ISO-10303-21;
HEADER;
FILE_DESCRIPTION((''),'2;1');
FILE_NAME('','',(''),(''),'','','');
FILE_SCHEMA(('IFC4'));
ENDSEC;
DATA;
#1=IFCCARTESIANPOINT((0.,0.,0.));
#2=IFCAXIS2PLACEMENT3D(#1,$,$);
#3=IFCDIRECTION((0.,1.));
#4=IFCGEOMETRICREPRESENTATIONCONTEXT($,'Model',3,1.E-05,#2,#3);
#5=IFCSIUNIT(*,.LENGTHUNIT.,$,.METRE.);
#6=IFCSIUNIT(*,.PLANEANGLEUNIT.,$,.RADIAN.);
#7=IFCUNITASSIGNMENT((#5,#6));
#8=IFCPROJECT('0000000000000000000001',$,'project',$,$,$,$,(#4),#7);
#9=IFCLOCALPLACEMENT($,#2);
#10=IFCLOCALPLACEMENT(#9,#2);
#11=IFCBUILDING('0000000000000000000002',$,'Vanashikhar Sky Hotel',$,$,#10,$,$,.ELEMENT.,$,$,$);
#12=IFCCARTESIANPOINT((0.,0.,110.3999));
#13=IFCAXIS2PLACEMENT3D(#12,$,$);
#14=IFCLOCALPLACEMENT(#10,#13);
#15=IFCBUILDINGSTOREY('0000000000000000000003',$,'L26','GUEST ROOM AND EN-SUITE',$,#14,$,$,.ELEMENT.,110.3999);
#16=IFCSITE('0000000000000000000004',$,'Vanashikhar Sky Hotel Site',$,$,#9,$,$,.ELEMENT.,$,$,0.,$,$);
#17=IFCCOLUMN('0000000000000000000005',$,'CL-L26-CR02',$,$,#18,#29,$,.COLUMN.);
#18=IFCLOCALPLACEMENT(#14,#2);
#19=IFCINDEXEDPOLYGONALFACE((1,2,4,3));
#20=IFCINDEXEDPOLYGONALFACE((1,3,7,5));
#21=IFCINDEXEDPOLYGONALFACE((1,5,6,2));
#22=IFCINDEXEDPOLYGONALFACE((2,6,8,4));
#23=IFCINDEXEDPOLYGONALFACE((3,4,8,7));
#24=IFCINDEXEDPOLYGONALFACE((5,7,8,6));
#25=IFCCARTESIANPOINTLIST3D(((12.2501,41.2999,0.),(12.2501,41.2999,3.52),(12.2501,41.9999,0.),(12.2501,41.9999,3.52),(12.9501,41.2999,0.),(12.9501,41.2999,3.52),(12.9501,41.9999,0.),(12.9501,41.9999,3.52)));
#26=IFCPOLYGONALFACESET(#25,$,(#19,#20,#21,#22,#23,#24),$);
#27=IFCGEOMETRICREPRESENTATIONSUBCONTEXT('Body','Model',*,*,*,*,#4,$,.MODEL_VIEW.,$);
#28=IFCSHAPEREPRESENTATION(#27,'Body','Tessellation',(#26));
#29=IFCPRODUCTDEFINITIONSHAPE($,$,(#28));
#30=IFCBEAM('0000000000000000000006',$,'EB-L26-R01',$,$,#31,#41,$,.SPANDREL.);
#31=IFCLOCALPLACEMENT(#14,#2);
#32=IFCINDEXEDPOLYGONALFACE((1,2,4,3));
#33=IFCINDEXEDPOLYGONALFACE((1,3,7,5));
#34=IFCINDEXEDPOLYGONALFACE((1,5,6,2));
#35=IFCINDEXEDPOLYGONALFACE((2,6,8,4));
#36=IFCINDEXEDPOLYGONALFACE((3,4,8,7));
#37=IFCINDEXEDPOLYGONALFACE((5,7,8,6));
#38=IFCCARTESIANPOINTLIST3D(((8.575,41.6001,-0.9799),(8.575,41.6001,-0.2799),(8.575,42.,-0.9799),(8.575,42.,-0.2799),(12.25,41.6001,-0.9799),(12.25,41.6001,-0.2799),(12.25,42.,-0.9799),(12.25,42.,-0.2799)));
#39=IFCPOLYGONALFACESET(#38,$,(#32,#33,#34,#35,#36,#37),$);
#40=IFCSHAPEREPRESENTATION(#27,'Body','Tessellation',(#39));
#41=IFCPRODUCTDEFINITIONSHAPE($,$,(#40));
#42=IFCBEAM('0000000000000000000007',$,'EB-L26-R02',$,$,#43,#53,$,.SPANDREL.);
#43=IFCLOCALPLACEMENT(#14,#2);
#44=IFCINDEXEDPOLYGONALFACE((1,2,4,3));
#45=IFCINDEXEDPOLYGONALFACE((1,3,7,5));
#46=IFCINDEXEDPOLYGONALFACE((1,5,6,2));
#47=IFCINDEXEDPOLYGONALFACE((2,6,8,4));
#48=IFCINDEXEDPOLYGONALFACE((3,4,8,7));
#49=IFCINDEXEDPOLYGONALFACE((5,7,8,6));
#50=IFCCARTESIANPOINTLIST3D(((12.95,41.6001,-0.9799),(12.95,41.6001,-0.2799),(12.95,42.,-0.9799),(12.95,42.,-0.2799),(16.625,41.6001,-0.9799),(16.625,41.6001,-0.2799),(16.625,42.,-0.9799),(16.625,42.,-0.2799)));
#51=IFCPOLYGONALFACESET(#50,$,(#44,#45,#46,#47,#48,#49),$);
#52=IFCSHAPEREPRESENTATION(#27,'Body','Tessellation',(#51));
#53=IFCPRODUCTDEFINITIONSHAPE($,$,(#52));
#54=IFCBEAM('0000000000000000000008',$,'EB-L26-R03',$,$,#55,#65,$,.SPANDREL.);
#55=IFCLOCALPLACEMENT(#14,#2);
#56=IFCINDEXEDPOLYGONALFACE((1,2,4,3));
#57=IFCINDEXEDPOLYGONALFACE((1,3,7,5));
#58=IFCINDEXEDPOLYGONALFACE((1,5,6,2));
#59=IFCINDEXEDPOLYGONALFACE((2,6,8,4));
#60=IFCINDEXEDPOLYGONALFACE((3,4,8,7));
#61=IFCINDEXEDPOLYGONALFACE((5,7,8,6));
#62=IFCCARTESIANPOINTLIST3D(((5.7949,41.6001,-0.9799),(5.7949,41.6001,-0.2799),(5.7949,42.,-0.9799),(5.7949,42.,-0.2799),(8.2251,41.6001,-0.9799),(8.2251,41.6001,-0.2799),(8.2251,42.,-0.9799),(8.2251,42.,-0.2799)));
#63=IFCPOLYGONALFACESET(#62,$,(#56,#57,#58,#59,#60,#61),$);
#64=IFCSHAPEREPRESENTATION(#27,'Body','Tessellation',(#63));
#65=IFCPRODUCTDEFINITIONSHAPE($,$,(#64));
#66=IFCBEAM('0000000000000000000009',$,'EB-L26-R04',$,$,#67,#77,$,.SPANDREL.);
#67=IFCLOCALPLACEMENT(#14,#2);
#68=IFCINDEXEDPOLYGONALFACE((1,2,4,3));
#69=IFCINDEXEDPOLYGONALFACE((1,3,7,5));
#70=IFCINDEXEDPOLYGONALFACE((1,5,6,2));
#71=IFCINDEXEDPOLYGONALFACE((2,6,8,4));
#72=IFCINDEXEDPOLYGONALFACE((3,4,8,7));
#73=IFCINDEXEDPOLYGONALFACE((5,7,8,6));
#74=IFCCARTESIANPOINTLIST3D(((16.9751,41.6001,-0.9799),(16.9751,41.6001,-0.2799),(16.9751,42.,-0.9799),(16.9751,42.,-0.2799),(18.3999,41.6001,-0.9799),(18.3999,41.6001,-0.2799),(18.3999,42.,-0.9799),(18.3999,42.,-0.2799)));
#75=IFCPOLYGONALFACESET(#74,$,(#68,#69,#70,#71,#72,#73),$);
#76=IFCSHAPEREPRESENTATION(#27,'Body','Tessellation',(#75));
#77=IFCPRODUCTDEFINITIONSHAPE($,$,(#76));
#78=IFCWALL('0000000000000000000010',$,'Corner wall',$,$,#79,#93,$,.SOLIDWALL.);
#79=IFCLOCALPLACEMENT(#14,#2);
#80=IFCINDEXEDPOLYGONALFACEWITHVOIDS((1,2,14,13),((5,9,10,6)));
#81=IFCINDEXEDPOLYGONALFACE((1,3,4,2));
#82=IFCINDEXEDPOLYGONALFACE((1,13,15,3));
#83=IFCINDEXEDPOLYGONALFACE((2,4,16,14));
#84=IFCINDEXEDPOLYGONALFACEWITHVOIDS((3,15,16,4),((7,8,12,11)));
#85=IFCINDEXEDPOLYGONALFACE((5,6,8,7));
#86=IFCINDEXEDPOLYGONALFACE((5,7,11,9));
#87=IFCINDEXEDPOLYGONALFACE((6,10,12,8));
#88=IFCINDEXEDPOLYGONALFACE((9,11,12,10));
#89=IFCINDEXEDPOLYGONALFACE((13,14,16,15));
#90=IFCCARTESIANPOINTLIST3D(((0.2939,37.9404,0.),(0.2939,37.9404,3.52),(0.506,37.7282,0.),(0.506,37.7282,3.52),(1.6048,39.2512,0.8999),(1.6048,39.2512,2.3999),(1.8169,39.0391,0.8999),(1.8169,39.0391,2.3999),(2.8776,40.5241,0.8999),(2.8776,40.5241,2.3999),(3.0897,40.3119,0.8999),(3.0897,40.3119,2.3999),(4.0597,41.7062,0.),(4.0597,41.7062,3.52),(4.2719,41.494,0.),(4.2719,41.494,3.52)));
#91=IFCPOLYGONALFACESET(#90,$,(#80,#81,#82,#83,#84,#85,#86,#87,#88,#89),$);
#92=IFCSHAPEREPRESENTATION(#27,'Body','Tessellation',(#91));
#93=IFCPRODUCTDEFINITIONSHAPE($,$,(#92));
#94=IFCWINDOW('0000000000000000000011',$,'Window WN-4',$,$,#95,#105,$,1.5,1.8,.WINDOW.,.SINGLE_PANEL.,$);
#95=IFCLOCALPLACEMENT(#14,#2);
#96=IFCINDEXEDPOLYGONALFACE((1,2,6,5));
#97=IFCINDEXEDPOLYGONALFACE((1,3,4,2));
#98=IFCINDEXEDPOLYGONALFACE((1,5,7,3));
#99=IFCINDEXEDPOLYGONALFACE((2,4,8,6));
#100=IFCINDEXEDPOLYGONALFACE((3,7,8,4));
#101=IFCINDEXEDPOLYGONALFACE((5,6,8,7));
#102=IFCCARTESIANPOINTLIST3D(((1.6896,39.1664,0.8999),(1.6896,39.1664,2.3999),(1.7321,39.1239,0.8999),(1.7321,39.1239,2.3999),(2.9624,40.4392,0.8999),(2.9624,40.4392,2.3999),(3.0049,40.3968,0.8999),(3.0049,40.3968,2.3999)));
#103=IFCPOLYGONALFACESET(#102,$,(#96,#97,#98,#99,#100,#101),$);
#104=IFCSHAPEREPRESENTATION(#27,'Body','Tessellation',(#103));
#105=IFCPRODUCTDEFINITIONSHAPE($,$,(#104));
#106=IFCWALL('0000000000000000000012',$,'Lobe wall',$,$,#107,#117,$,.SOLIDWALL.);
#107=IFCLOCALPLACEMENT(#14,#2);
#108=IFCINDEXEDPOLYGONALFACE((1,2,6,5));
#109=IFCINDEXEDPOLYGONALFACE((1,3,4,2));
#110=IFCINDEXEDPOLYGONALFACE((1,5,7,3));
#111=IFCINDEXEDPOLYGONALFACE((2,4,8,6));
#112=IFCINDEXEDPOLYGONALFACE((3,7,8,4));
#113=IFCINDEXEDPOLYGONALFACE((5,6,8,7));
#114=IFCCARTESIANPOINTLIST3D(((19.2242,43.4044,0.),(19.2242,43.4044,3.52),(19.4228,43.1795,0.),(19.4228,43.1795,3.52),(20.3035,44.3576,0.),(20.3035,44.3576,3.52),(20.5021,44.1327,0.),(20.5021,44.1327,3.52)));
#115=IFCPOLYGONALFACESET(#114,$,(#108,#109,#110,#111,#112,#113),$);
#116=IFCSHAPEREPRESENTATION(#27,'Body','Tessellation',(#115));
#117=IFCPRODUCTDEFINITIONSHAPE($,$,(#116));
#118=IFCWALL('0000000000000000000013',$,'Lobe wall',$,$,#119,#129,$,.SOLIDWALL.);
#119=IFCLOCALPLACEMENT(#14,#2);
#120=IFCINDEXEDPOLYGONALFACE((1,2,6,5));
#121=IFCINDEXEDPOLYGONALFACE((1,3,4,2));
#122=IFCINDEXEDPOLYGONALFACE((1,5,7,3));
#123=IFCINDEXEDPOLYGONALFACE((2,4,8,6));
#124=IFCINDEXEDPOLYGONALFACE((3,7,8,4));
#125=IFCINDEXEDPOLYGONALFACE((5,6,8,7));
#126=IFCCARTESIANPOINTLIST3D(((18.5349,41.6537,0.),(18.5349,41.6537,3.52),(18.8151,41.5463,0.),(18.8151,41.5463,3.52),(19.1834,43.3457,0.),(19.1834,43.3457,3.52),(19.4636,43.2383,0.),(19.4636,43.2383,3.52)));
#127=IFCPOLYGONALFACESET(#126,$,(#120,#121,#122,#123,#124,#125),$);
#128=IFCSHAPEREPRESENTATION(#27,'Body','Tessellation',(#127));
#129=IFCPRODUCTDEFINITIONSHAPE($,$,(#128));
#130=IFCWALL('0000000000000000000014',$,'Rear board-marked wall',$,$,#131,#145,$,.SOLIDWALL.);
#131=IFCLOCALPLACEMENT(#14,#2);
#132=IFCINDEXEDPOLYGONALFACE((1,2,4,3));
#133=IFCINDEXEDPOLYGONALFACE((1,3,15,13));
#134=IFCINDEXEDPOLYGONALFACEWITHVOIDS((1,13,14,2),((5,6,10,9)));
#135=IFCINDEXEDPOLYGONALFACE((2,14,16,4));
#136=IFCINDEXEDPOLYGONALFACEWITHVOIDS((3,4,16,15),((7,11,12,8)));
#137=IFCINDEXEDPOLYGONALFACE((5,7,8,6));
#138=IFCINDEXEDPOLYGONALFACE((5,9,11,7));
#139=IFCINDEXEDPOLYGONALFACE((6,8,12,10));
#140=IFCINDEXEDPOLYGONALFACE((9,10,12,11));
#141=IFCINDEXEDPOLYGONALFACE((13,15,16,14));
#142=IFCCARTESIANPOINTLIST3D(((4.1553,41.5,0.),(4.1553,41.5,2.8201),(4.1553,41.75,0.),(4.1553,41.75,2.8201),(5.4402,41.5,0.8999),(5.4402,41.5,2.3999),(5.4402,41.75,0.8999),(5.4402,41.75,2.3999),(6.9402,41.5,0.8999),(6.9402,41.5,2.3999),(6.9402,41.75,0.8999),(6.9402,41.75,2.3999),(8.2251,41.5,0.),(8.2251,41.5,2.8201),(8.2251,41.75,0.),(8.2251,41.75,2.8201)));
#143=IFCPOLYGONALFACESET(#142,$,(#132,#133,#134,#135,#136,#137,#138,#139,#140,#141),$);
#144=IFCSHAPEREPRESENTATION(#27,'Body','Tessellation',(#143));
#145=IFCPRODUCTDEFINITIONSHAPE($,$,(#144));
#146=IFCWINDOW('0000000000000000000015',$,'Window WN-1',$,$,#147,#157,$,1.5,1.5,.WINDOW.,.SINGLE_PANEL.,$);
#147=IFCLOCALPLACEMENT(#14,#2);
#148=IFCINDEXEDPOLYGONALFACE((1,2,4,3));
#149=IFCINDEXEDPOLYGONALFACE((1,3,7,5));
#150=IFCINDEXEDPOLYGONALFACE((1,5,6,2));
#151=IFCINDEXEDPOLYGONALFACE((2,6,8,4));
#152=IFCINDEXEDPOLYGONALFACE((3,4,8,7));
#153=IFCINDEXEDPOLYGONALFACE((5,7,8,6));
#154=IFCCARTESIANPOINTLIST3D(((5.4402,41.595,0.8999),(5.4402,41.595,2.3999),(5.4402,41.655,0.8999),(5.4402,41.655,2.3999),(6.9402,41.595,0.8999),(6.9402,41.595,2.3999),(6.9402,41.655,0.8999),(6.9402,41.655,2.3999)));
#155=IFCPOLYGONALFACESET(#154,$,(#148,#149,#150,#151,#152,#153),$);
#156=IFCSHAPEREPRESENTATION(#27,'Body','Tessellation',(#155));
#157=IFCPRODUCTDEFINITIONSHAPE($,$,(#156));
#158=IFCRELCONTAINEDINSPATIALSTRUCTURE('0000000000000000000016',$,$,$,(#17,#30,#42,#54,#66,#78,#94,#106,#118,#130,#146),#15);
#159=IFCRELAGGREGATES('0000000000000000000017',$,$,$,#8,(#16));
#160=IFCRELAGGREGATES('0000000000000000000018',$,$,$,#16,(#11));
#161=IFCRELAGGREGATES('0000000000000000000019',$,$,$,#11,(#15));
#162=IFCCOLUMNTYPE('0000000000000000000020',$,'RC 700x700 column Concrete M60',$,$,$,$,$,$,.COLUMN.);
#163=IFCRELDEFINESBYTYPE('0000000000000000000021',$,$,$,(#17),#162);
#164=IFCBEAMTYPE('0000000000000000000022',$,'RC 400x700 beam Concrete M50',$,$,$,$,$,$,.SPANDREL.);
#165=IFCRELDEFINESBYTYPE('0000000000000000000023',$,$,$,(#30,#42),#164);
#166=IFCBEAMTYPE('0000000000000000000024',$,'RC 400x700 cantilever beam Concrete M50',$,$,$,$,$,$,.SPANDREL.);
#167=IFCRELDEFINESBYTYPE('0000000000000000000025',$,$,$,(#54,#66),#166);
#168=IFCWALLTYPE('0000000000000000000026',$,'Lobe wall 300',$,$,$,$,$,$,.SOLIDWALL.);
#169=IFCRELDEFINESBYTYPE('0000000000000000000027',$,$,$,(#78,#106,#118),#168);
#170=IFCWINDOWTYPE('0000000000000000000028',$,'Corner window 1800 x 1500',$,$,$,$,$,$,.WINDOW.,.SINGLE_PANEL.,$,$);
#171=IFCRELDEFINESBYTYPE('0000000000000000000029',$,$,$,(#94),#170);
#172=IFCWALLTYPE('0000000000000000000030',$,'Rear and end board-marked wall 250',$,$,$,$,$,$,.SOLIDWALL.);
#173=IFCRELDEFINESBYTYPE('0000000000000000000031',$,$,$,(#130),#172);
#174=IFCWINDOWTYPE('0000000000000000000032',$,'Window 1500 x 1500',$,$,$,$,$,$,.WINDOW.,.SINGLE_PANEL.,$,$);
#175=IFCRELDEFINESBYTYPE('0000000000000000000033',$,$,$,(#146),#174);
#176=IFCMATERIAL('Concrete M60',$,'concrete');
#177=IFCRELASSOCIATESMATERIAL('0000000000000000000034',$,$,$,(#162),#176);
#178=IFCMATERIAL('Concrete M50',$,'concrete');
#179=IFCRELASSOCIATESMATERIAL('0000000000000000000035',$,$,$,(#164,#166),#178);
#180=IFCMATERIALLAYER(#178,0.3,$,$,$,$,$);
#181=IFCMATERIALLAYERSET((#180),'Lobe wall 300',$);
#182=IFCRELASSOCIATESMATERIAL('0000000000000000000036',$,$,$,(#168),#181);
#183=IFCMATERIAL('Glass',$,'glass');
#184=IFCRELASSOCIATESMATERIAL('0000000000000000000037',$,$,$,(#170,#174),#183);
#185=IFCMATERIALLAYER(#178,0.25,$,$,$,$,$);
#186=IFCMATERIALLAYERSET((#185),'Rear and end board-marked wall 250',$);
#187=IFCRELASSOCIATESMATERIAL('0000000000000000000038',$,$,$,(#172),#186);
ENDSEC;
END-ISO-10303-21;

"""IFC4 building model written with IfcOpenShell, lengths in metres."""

from ifc_helpers import new_model, si_unit, direction, frame, frame_2d, origin, origin_2d, place, context, subcontext, project, spatial, rectangle, extrude, source, transform, mapped, material, layer, layer_set, material_profile, profile_set, type_object, element, fill, save


model = new_model("IFC4")

# Units and contexts
model_context = context("Model", 3, precision=1e-05, world=origin(), true_north=direction((0.0, 1.0)))
body_context = subcontext(model_context, "Body", "Model", "MODEL_VIEW")
ifc_project = project(units=[si_unit("LENGTHUNIT", "METRE"), si_unit("PLANEANGLEUNIT", "RADIAN")], contexts=[model_context])

# Site, building, storey
site_placement = place(None, origin())
site = spatial("IfcSite", under=ifc_project, at=site_placement, Name="Vanashikhar Sky Hotel Site", CompositionType="ELEMENT", RefElevation=0.0)
building_placement = place(site_placement, origin())
building = spatial("IfcBuilding", under=site, at=building_placement, Name="Vanashikhar Sky Hotel", CompositionType="ELEMENT")
storey_placement = place(building_placement, frame((0.0, 0.0, 110.3999)))
storey = spatial("IfcBuildingStorey", under=building, at=storey_placement, Name="L26", Description="GUEST ROOM AND EN-SUITE", CompositionType="ELEMENT", Elevation=110.3999)

# Column
ifc_material_1 = material(Name="Concrete M60", Category="concrete")
ifc_material_profile_1 = material_profile(ifc_material_1, rectangle(XDim=0.7, YDim=0.7, at=origin_2d()))
ifc_profile_set_1 = profile_set([ifc_material_profile_1], Name="RC 700x700 column Concrete M60")
column_type = type_object("IfcColumnType", Name="RC 700x700 column Concrete M60", PredefinedType="COLUMN", material=ifc_profile_set_1)
shared_shape_1 = source(origin(), body_context, "Body", "SweptSolid", [
    extrude(rectangle(XDim=0.7, YDim=0.7, at=origin_2d()), origin(), (0.0, 0.0, 1.0), 3.52),
])
column_placement = place(storey_placement, frame((12.6001, 41.6499, 0.0), z_axis=(0.0, 0.0, 1.0), x_axis=(1.0, 0.0, 0.0)))
element("IfcColumn", 1, at=column_placement, inside=storey, type_object=column_type, Name="CL-L26-CR02", PredefinedType="COLUMN", context=body_context, shape_type="MappedRepresentation", body=[
    mapped(shared_shape_1, transform((0.0, 0.0, 0.0), scale=1.0)),
])

# Beams
ifc_material_2 = material(Name="Concrete M50", Category="concrete")
ifc_material_profile_2 = material_profile(ifc_material_2, rectangle(XDim=0.3999, YDim=0.7, at=origin_2d()))
ifc_profile_set_2 = profile_set([ifc_material_profile_2], Name="RC 400x700 beam Concrete M50")
beam_type_1 = type_object("IfcBeamType", Name="RC 400x700 beam Concrete M50", PredefinedType="SPANDREL", material=ifc_profile_set_2)
shared_shape_2 = source(origin(), body_context, "Body", "SweptSolid", [
    extrude(rectangle(XDim=0.3999, YDim=0.7, at=origin_2d()), origin(), (0.0, 0.0, 1.0), 3.675),
])
for number, where, z_axis, x_axis, name in (
    (2, (8.575, 41.8, -0.6299), (1.0, 0.0, 0.0), (0.0, 1.0, 0.0), "EB-L26-R01"),
    (3, (12.95, 41.8, -0.6299), (1.0, 0.0, 0.0), (0.0, 1.0, 0.0), "EB-L26-R02"),
):
    element("IfcBeam", number, at=place(storey_placement, frame(where, z_axis=z_axis, x_axis=x_axis)), inside=storey, type_object=beam_type_1, Name=name, PredefinedType="SPANDREL", context=body_context, shape_type="MappedRepresentation", body=[
        mapped(shared_shape_2, transform((0.0, 0.0, 0.0), scale=1.0)),
    ])
ifc_material_profile_3 = material_profile(ifc_material_2, rectangle(XDim=0.3999, YDim=0.7, at=origin_2d()))
ifc_profile_set_3 = profile_set([ifc_material_profile_3], Name="RC 400x700 cantilever beam Concrete M50")
beam_type_2 = type_object("IfcBeamType", Name="RC 400x700 cantilever beam Concrete M50", PredefinedType="SPANDREL", material=ifc_profile_set_3)
shared_shape_3 = source(origin(), body_context, "Body", "SweptSolid", [
    extrude(rectangle(XDim=0.3999, YDim=0.7, at=origin_2d()), origin(), (0.0, 0.0, 1.0), 2.4302),
])
beam_1_placement = place(storey_placement, frame((5.7949, 41.8, -0.6299), z_axis=(1.0, 0.0, 0.0), x_axis=(0.0, 1.0, 0.0)))
element("IfcBeam", 4, at=beam_1_placement, inside=storey, type_object=beam_type_2, Name="EB-L26-R03", PredefinedType="SPANDREL", context=body_context, shape_type="MappedRepresentation", body=[
    mapped(shared_shape_3, transform((0.0, 0.0, 0.0), scale=1.0)),
])
shared_shape_4 = source(origin(), body_context, "Body", "SweptSolid", [
    extrude(rectangle(XDim=0.3999, YDim=0.7, at=origin_2d()), origin(), (0.0, 0.0, 1.0), 1.4248),
])
beam_2_placement = place(storey_placement, frame((16.9751, 41.8, -0.6299), z_axis=(1.0, 0.0, 0.0), x_axis=(0.0, 1.0, 0.0)))
element("IfcBeam", 5, at=beam_2_placement, inside=storey, type_object=beam_type_2, Name="EB-L26-R04", PredefinedType="SPANDREL", context=body_context, shape_type="MappedRepresentation", body=[
    mapped(shared_shape_4, transform((0.0, 0.0, 0.0), scale=1.0)),
])

# Wall, opening, window
ifc_layer_1 = layer(ifc_material_2, 0.3)
ifc_layer_set_1 = layer_set([ifc_layer_1], Name="Lobe wall 300")
wall_type_1 = type_object("IfcWallType", Name="Lobe wall 300", PredefinedType="SOLIDWALL", material=ifc_layer_set_1)
shared_shape_5 = source(origin(), body_context, "Body", "SweptSolid", [
    extrude(rectangle(XDim=5.3257, YDim=0.3, at=frame_2d((2.6628, 0.0))), origin(), (0.0, 0.0, 1.0), 3.52),
])
wall_1_placement = place(storey_placement, frame((4.1658, 41.6001, 0.0), z_axis=(0.0, 0.0, 1.0), x_axis=(-0.707107, -0.707107, 0.0)))
wall_1 = element("IfcWall", 6, at=wall_1_placement, inside=storey, type_object=wall_type_1, Name="Corner wall", PredefinedType="SOLIDWALL", context=body_context, shape_type="MappedRepresentation", body=[
    mapped(shared_shape_5, transform((0.0, 0.0, 0.0), scale=1.0)),
])
shared_shape_6 = source(origin(), body_context, "Body", "SweptSolid", [
    extrude(rectangle(XDim=1.8, YDim=1.5, at=frame_2d((0.8999, 0.75))), frame((0.0, 0.1602, 0.0), z_axis=(0.0, -1.0, 0.0), x_axis=(1.0, 0.0, 0.0)), (0.0, 0.0, 1.0), 0.3201),
])
opening_1_placement = place(wall_1_placement, frame((1.6719, 0.0, 0.8999)))
opening_1 = element("IfcOpeningElement", 7, at=opening_1_placement, cuts=wall_1, PredefinedType="OPENING", context=body_context, shape_type="MappedRepresentation", body=[
    mapped(shared_shape_6, transform((0.0, 0.0, 0.0), scale=1.0)),
])
ifc_material_3 = material(Name="Glass", Category="glass")
window_type_1 = type_object("IfcWindowType", Name="Corner window 1800 x 1500", PartitioningType="SINGLE_PANEL", PredefinedType="WINDOW", material=ifc_material_3)
shared_shape_7 = source(origin(), body_context, "Body", "SweptSolid", [
    extrude(rectangle(XDim=1.8, YDim=1.5, at=frame_2d((0.8999, 0.75))), frame((0.0, 0.03, 0.0), z_axis=(0.0, -1.0, 0.0), x_axis=(1.0, 0.0, 0.0)), (0.0, 0.0, 1.0), 0.0601),
])
window_1_placement = place(opening_1_placement, origin())
window_1 = element("IfcWindow", 8, at=window_1_placement, inside=storey, type_object=window_type_1, Name="Window WN-4", OverallHeight=1.5, OverallWidth=1.8, PartitioningType="SINGLE_PANEL", PredefinedType="WINDOW", context=body_context, shape_type="MappedRepresentation", body=[
    mapped(shared_shape_7, transform((0.0, 0.0, 0.0), scale=1.0)),
])
fill(opening_1, window_1)

# Walls
shared_shape_8 = source(origin(), body_context, "Body", "SweptSolid", [
    extrude(rectangle(XDim=1.4399, YDim=0.3, at=frame_2d((0.72, 0.0))), origin(), (0.0, 0.0, 1.0), 3.52),
])
wall_2_placement = place(storey_placement, frame((20.4028, 44.2451, 0.0), z_axis=(0.0, 0.0, 1.0), x_axis=(-0.749576, -0.661919, 0.0)))
element("IfcWall", 9, at=wall_2_placement, inside=storey, type_object=wall_type_1, Name="Lobe wall", PredefinedType="SOLIDWALL", context=body_context, shape_type="MappedRepresentation", body=[
    mapped(shared_shape_8, transform((0.0, 0.0, 0.0), scale=1.0)),
])
shared_shape_9 = source(origin(), body_context, "Body", "SweptSolid", [
    extrude(rectangle(XDim=1.812, YDim=0.3, at=frame_2d((0.906, 0.0))), origin(), (0.0, 0.0, 1.0), 3.52),
])
wall_3_placement = place(storey_placement, frame((19.3235, 43.292, 0.0), z_axis=(0.0, 0.0, 1.0), x_axis=(-0.357877, -0.933769, 0.0)))
element("IfcWall", 10, at=wall_3_placement, inside=storey, type_object=wall_type_1, Name="Lobe wall", PredefinedType="SOLIDWALL", context=body_context, shape_type="MappedRepresentation", body=[
    mapped(shared_shape_9, transform((0.0, 0.0, 0.0), scale=1.0)),
])

# Wall, opening, window
ifc_layer_2 = layer(ifc_material_2, 0.25)
ifc_layer_set_2 = layer_set([ifc_layer_2], Name="Rear and end board-marked wall 250")
wall_type_2 = type_object("IfcWallType", Name="Rear and end board-marked wall 250", PredefinedType="SOLIDWALL", material=ifc_layer_set_2)
shared_shape_10 = source(origin(), body_context, "Body", "SweptSolid", [
    extrude(rectangle(XDim=4.0698, YDim=0.25, at=frame_2d((2.0349, 0.0))), origin(), (0.0, 0.0, 1.0), 2.8201),
])
wall_4_placement = place(storey_placement, frame((8.2251, 41.625, 0.0), z_axis=(0.0, 0.0, 1.0), x_axis=(-1.0, 0.0, 0.0)))
wall_4 = element("IfcWall", 11, at=wall_4_placement, inside=storey, type_object=wall_type_2, Name="Rear board-marked wall", PredefinedType="SOLIDWALL", context=body_context, shape_type="MappedRepresentation", body=[
    mapped(shared_shape_10, transform((0.0, 0.0, 0.0), scale=1.0)),
])
shared_shape_11 = source(origin(), body_context, "Body", "SweptSolid", [
    extrude(rectangle(XDim=1.5, YDim=1.5, at=frame_2d((0.75, 0.75))), frame((0.0, 0.135, 0.0), z_axis=(0.0, -1.0, 0.0), x_axis=(1.0, 0.0, 0.0)), (0.0, 0.0, 1.0), 0.27),
])
opening_2_placement = place(wall_4_placement, frame((1.2849, 0.0, 0.8999)))
opening_2 = element("IfcOpeningElement", 12, at=opening_2_placement, cuts=wall_4, PredefinedType="OPENING", context=body_context, shape_type="MappedRepresentation", body=[
    mapped(shared_shape_11, transform((0.0, 0.0, 0.0), scale=1.0)),
])
window_type_2 = type_object("IfcWindowType", Name="Window 1500 x 1500", PartitioningType="SINGLE_PANEL", PredefinedType="WINDOW", material=ifc_material_3)
shared_shape_12 = source(origin(), body_context, "Body", "SweptSolid", [
    extrude(rectangle(XDim=1.5, YDim=1.5, at=frame_2d((0.75, 0.75))), frame((0.0, 0.03, 0.0), z_axis=(0.0, -1.0, 0.0), x_axis=(1.0, 0.0, 0.0)), (0.0, 0.0, 1.0), 0.0601),
])
window_2_placement = place(opening_2_placement, origin())
window_2 = element("IfcWindow", 13, at=window_2_placement, inside=storey, type_object=window_type_2, Name="Window WN-1", OverallHeight=1.5, OverallWidth=1.5, PartitioningType="SINGLE_PANEL", PredefinedType="WINDOW", context=body_context, shape_type="MappedRepresentation", body=[
    mapped(shared_shape_12, transform((0.0, 0.0, 0.0), scale=1.0)),
])
fill(opening_2, window_2)

save(model, "model.ifc")
